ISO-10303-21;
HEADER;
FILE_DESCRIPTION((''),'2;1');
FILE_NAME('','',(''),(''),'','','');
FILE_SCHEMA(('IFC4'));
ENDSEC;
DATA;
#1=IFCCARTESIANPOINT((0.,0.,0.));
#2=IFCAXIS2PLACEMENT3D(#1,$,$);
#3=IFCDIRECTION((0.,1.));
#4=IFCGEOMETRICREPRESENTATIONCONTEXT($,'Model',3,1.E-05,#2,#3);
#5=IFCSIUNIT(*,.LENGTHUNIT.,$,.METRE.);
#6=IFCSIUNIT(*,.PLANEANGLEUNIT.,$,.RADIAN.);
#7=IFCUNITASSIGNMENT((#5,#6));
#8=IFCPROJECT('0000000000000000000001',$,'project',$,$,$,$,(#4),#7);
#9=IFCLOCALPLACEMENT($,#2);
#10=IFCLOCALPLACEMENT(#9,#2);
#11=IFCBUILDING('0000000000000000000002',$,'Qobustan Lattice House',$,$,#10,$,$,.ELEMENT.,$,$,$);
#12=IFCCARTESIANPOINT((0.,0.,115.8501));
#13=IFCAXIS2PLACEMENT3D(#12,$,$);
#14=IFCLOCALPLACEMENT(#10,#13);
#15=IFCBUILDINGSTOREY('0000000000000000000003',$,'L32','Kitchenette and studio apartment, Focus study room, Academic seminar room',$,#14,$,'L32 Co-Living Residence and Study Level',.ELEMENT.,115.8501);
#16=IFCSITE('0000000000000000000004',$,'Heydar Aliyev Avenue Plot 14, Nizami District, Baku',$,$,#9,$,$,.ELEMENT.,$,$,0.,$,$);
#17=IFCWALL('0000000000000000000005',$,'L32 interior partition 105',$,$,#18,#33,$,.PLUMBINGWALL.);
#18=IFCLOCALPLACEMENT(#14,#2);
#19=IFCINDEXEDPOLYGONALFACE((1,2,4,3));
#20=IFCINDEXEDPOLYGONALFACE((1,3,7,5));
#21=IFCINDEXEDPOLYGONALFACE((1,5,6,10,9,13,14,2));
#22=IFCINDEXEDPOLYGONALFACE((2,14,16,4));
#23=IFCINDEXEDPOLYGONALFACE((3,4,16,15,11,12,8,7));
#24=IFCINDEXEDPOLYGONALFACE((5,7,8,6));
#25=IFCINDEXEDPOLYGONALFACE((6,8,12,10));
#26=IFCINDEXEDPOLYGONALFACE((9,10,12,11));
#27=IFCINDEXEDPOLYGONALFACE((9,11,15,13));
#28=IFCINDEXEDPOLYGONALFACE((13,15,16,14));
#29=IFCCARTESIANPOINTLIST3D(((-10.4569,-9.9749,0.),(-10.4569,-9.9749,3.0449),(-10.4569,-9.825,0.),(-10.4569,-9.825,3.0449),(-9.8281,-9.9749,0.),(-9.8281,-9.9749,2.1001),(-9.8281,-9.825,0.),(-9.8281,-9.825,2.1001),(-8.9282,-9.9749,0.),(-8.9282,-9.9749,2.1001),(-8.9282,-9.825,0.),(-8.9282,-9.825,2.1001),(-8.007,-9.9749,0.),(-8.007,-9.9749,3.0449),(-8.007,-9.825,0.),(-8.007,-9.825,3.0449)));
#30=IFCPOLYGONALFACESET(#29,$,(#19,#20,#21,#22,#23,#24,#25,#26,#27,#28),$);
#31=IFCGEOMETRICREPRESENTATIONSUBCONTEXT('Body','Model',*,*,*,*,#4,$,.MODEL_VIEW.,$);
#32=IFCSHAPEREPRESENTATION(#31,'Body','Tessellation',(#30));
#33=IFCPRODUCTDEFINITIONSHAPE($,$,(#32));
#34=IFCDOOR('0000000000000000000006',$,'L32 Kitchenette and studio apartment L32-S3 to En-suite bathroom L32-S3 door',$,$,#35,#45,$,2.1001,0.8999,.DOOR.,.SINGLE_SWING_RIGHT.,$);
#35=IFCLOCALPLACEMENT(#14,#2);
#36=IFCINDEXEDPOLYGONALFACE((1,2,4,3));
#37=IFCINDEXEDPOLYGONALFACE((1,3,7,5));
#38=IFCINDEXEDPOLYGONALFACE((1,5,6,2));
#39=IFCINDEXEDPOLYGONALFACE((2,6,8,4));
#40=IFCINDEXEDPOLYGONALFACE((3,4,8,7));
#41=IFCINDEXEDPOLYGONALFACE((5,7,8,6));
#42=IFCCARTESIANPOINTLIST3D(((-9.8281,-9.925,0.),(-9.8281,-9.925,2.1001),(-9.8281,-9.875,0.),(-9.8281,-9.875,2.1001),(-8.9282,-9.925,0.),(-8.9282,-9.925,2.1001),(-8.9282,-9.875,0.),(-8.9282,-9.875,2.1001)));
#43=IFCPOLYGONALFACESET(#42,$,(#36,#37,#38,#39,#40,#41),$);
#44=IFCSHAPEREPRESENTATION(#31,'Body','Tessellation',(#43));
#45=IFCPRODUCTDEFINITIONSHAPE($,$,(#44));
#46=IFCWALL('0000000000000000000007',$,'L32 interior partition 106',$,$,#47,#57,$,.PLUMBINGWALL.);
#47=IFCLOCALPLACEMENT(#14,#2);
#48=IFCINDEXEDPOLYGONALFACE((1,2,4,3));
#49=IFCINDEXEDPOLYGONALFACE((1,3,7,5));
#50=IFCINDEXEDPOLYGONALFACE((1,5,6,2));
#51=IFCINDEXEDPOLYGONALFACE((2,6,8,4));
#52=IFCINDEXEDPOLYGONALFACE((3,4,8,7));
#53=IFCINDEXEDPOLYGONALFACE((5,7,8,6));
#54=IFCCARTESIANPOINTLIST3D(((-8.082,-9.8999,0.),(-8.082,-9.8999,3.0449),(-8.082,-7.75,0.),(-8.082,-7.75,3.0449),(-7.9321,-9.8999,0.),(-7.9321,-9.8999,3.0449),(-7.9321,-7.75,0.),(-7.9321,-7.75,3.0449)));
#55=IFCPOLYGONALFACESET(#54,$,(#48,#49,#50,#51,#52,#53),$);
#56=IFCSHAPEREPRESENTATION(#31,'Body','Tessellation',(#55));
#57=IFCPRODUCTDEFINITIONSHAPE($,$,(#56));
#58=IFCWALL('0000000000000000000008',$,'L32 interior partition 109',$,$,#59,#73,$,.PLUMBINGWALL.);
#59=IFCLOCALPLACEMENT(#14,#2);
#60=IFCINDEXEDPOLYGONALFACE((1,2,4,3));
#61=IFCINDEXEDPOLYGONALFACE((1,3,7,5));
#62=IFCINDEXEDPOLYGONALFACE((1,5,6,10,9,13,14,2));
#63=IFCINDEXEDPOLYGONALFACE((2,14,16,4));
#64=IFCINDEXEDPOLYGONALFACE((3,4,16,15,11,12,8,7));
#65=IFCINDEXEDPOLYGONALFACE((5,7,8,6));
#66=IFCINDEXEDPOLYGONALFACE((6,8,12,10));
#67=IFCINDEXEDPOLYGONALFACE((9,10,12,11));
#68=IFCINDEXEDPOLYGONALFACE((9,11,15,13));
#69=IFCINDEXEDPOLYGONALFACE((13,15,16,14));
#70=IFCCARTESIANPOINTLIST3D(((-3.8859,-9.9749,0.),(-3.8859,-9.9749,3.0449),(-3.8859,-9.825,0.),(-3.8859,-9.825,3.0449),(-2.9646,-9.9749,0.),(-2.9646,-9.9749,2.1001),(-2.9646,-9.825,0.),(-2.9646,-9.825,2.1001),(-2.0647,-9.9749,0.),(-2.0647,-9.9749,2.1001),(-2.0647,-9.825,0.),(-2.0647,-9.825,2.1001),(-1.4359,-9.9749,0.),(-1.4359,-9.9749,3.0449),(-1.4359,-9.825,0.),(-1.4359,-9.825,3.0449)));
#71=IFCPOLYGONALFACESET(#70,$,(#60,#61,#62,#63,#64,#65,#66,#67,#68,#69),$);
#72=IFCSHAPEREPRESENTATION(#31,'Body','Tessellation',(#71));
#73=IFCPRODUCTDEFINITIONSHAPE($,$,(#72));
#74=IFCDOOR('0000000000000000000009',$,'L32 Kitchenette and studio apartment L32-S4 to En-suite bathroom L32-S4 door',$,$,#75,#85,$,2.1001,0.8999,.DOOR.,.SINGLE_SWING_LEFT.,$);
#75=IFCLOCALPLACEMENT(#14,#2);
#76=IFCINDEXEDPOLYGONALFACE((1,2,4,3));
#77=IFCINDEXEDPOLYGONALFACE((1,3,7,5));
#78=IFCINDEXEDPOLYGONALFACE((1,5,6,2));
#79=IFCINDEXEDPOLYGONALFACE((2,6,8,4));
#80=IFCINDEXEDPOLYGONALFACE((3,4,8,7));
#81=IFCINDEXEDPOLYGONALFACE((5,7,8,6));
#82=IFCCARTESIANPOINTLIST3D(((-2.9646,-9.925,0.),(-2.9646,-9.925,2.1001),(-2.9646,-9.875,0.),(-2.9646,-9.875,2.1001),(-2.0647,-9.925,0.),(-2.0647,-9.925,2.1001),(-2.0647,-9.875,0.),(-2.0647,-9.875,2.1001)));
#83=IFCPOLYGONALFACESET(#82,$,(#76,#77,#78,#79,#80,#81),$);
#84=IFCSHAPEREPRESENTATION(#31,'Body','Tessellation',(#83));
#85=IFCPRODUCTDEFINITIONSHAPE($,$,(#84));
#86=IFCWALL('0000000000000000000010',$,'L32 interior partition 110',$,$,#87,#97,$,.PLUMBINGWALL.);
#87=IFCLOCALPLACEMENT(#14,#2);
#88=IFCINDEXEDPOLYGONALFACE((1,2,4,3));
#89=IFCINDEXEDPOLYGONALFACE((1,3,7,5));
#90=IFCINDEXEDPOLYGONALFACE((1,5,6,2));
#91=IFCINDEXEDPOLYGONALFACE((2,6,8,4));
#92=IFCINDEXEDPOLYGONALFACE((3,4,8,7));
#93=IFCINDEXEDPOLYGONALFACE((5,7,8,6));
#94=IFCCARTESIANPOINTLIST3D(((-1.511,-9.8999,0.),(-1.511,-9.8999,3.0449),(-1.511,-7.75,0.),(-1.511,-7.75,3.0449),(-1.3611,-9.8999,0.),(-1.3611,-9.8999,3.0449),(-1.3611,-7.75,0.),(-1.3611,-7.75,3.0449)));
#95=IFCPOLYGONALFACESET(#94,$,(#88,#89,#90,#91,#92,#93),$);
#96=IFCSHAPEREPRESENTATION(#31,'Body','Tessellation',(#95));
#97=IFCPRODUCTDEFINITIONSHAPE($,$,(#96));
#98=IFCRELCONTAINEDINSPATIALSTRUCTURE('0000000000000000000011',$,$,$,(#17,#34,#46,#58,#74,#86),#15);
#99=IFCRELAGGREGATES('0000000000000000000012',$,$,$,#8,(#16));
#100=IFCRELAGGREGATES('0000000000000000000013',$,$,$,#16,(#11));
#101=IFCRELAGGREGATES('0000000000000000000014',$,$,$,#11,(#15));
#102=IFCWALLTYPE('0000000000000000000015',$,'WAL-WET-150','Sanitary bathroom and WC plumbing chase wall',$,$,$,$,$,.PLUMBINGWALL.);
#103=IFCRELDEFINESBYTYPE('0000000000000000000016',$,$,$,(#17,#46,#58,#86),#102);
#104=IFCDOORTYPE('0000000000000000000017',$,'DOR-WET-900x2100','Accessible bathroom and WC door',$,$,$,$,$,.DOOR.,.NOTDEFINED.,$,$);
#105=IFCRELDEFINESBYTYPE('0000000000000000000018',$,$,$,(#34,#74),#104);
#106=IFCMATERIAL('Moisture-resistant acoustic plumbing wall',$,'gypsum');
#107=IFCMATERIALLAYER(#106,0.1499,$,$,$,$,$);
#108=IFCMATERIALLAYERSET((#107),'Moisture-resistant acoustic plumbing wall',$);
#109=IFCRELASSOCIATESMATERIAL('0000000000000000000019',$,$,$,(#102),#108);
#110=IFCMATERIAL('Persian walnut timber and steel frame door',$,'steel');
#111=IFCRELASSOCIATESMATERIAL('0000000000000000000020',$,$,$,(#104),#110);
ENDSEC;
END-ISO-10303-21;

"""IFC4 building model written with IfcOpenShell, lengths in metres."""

from ifc_helpers import new_model, si_unit, direction, frame, frame_2d, origin, place, context, subcontext, project, spatial, rectangle, extrude, material, layer, layer_set, type_object, element, fill, save


model = new_model("IFC4")

# Units and contexts
model_context = context("Model", 3, precision=1e-05, world=origin(), true_north=direction((0.0, 1.0)))
body_context = subcontext(model_context, "Body", "Model", "MODEL_VIEW")
ifc_project = project(units=[si_unit("LENGTHUNIT", "METRE"), si_unit("PLANEANGLEUNIT", "RADIAN")], contexts=[model_context])

# Site, building, storey
site_placement = place(None, origin())
site = spatial("IfcSite", under=ifc_project, at=site_placement, Name="Heydar Aliyev Avenue Plot 14, Nizami District, Baku", CompositionType="ELEMENT", RefElevation=0.0)
building_placement = place(site_placement, origin())
building = spatial("IfcBuilding", under=site, at=building_placement, Name="Qobustan Lattice House", CompositionType="ELEMENT")
storey_placement = place(building_placement, frame((0.0, 0.0, 115.8501)))
storey = spatial("IfcBuildingStorey", under=building, at=storey_placement, Name="L32", Description="Kitchenette and studio apartment, Focus study room, Academic seminar room", LongName="L32 Co-Living Residence and Study Level", CompositionType="ELEMENT", Elevation=115.8501)

# Shared definitions
ifc_material_1 = material(Name="Moisture-resistant acoustic plumbing wall", Category="gypsum")
ifc_layer_1 = layer(ifc_material_1, 0.1499)
ifc_layer_set_1 = layer_set([ifc_layer_1], Name="Moisture-resistant acoustic plumbing wall")
wall_type_1 = type_object("IfcWallType", Name="WAL-WET-150", Description="Sanitary bathroom and WC plumbing chase wall", PredefinedType="PLUMBINGWALL", material=ifc_layer_set_1)

# Wall, opening, door
wall_1_placement = place(storey_placement, frame((-10.457, -9.8999, 0.0), z_axis=(0.0, 0.0, 1.0), x_axis=(1.0, 0.0, 0.0)))
wall_1 = element("IfcWall", 1, at=wall_1_placement, inside=storey, type_object=wall_type_1, Name="L32 interior partition 105", PredefinedType="PLUMBINGWALL", context=body_context, shape_type="SweptSolid", body=[
    extrude(rectangle(XDim=2.45, YDim=0.1499, at=frame_2d((1.2251, 0.0))), origin(), (0.0, 0.0, 1.0), 3.0449),
])
opening_1_placement = place(wall_1_placement, frame((0.6289, 0.0, 0.0)))
opening_1 = element("IfcOpeningElement", 2, at=opening_1_placement, cuts=wall_1, PredefinedType="OPENING", context=body_context, shape_type="SweptSolid", body=[
    extrude(rectangle(XDim=0.8999, YDim=2.1001, at=frame_2d((0.45, 1.05))), frame((0.0, 0.085, 0.0), z_axis=(0.0, -1.0, 0.0), x_axis=(1.0, 0.0, 0.0)), (0.0, 0.0, 1.0), 0.1699),
])
ifc_material_2 = material(Name="Persian walnut timber and steel frame door", Category="steel")
door_type_1 = type_object("IfcDoorType", Name="DOR-WET-900x2100", Description="Accessible bathroom and WC door", OperationType="NOTDEFINED", PredefinedType="DOOR", material=ifc_material_2)
door_1_placement = place(opening_1_placement, origin())
door_1 = element("IfcDoor", 3, at=door_1_placement, inside=storey, type_object=door_type_1, Name="L32 Kitchenette and studio apartment L32-S3 to En-suite bathroom L32-S3 door", OperationType="SINGLE_SWING_RIGHT", OverallHeight=2.1001, OverallWidth=0.8999, PredefinedType="DOOR", context=body_context, shape_type="SweptSolid", body=[
    extrude(rectangle(XDim=0.8999, YDim=2.1001, at=frame_2d((0.45, 1.05))), frame((0.0, 0.0249, 0.0), z_axis=(0.0, -1.0, 0.0), x_axis=(1.0, 0.0, 0.0)), (0.0, 0.0, 1.0), 0.05),
])
fill(opening_1, door_1)

# Wall
wall_2_placement = place(storey_placement, frame((-8.0071, -9.8999, 0.0), z_axis=(0.0, 0.0, 1.0), x_axis=(0.0, 1.0, 0.0)))
element("IfcWall", 4, at=wall_2_placement, inside=storey, type_object=wall_type_1, Name="L32 interior partition 106", PredefinedType="PLUMBINGWALL", context=body_context, shape_type="SweptSolid", body=[
    extrude(rectangle(XDim=2.1499, YDim=0.1499, at=frame_2d((1.075, 0.0))), origin(), (0.0, 0.0, 1.0), 3.0449),
])

# Wall, opening, door
wall_3_placement = place(storey_placement, frame((-3.886, -9.8999, 0.0), z_axis=(0.0, 0.0, 1.0), x_axis=(1.0, 0.0, 0.0)))
wall_3 = element("IfcWall", 5, at=wall_3_placement, inside=storey, type_object=wall_type_1, Name="L32 interior partition 109", PredefinedType="PLUMBINGWALL", context=body_context, shape_type="SweptSolid", body=[
    extrude(rectangle(XDim=2.45, YDim=0.1499, at=frame_2d((1.2251, 0.0))), origin(), (0.0, 0.0, 1.0), 3.0449),
])
opening_2_placement = place(wall_3_placement, frame((0.9214, 0.0, 0.0)))
opening_2 = element("IfcOpeningElement", 6, at=opening_2_placement, cuts=wall_3, PredefinedType="OPENING", context=body_context, shape_type="SweptSolid", body=[
    extrude(rectangle(XDim=0.8999, YDim=2.1001, at=frame_2d((0.45, 1.05))), frame((0.0, 0.085, 0.0), z_axis=(0.0, -1.0, 0.0), x_axis=(1.0, 0.0, 0.0)), (0.0, 0.0, 1.0), 0.1699),
])
door_2_placement = place(opening_2_placement, origin())
door_2 = element("IfcDoor", 7, at=door_2_placement, inside=storey, type_object=door_type_1, Name="L32 Kitchenette and studio apartment L32-S4 to En-suite bathroom L32-S4 door", OperationType="SINGLE_SWING_LEFT", OverallHeight=2.1001, OverallWidth=0.8999, PredefinedType="DOOR", context=body_context, shape_type="SweptSolid", body=[
    extrude(rectangle(XDim=0.8999, YDim=2.1001, at=frame_2d((0.45, 1.05))), frame((0.0, 0.0249, 0.0), z_axis=(0.0, -1.0, 0.0), x_axis=(1.0, 0.0, 0.0)), (0.0, 0.0, 1.0), 0.05),
])
fill(opening_2, door_2)

# Wall
wall_4_placement = place(storey_placement, frame((-1.436, -9.8999, 0.0), z_axis=(0.0, 0.0, 1.0), x_axis=(0.0, 1.0, 0.0)))
element("IfcWall", 8, at=wall_4_placement, inside=storey, type_object=wall_type_1, Name="L32 interior partition 110", PredefinedType="PLUMBINGWALL", context=body_context, shape_type="SweptSolid", body=[
    extrude(rectangle(XDim=2.1499, YDim=0.1499, at=frame_2d((1.075, 0.0))), origin(), (0.0, 0.0, 1.0), 3.0449),
])

save(model, "model.ifc")
